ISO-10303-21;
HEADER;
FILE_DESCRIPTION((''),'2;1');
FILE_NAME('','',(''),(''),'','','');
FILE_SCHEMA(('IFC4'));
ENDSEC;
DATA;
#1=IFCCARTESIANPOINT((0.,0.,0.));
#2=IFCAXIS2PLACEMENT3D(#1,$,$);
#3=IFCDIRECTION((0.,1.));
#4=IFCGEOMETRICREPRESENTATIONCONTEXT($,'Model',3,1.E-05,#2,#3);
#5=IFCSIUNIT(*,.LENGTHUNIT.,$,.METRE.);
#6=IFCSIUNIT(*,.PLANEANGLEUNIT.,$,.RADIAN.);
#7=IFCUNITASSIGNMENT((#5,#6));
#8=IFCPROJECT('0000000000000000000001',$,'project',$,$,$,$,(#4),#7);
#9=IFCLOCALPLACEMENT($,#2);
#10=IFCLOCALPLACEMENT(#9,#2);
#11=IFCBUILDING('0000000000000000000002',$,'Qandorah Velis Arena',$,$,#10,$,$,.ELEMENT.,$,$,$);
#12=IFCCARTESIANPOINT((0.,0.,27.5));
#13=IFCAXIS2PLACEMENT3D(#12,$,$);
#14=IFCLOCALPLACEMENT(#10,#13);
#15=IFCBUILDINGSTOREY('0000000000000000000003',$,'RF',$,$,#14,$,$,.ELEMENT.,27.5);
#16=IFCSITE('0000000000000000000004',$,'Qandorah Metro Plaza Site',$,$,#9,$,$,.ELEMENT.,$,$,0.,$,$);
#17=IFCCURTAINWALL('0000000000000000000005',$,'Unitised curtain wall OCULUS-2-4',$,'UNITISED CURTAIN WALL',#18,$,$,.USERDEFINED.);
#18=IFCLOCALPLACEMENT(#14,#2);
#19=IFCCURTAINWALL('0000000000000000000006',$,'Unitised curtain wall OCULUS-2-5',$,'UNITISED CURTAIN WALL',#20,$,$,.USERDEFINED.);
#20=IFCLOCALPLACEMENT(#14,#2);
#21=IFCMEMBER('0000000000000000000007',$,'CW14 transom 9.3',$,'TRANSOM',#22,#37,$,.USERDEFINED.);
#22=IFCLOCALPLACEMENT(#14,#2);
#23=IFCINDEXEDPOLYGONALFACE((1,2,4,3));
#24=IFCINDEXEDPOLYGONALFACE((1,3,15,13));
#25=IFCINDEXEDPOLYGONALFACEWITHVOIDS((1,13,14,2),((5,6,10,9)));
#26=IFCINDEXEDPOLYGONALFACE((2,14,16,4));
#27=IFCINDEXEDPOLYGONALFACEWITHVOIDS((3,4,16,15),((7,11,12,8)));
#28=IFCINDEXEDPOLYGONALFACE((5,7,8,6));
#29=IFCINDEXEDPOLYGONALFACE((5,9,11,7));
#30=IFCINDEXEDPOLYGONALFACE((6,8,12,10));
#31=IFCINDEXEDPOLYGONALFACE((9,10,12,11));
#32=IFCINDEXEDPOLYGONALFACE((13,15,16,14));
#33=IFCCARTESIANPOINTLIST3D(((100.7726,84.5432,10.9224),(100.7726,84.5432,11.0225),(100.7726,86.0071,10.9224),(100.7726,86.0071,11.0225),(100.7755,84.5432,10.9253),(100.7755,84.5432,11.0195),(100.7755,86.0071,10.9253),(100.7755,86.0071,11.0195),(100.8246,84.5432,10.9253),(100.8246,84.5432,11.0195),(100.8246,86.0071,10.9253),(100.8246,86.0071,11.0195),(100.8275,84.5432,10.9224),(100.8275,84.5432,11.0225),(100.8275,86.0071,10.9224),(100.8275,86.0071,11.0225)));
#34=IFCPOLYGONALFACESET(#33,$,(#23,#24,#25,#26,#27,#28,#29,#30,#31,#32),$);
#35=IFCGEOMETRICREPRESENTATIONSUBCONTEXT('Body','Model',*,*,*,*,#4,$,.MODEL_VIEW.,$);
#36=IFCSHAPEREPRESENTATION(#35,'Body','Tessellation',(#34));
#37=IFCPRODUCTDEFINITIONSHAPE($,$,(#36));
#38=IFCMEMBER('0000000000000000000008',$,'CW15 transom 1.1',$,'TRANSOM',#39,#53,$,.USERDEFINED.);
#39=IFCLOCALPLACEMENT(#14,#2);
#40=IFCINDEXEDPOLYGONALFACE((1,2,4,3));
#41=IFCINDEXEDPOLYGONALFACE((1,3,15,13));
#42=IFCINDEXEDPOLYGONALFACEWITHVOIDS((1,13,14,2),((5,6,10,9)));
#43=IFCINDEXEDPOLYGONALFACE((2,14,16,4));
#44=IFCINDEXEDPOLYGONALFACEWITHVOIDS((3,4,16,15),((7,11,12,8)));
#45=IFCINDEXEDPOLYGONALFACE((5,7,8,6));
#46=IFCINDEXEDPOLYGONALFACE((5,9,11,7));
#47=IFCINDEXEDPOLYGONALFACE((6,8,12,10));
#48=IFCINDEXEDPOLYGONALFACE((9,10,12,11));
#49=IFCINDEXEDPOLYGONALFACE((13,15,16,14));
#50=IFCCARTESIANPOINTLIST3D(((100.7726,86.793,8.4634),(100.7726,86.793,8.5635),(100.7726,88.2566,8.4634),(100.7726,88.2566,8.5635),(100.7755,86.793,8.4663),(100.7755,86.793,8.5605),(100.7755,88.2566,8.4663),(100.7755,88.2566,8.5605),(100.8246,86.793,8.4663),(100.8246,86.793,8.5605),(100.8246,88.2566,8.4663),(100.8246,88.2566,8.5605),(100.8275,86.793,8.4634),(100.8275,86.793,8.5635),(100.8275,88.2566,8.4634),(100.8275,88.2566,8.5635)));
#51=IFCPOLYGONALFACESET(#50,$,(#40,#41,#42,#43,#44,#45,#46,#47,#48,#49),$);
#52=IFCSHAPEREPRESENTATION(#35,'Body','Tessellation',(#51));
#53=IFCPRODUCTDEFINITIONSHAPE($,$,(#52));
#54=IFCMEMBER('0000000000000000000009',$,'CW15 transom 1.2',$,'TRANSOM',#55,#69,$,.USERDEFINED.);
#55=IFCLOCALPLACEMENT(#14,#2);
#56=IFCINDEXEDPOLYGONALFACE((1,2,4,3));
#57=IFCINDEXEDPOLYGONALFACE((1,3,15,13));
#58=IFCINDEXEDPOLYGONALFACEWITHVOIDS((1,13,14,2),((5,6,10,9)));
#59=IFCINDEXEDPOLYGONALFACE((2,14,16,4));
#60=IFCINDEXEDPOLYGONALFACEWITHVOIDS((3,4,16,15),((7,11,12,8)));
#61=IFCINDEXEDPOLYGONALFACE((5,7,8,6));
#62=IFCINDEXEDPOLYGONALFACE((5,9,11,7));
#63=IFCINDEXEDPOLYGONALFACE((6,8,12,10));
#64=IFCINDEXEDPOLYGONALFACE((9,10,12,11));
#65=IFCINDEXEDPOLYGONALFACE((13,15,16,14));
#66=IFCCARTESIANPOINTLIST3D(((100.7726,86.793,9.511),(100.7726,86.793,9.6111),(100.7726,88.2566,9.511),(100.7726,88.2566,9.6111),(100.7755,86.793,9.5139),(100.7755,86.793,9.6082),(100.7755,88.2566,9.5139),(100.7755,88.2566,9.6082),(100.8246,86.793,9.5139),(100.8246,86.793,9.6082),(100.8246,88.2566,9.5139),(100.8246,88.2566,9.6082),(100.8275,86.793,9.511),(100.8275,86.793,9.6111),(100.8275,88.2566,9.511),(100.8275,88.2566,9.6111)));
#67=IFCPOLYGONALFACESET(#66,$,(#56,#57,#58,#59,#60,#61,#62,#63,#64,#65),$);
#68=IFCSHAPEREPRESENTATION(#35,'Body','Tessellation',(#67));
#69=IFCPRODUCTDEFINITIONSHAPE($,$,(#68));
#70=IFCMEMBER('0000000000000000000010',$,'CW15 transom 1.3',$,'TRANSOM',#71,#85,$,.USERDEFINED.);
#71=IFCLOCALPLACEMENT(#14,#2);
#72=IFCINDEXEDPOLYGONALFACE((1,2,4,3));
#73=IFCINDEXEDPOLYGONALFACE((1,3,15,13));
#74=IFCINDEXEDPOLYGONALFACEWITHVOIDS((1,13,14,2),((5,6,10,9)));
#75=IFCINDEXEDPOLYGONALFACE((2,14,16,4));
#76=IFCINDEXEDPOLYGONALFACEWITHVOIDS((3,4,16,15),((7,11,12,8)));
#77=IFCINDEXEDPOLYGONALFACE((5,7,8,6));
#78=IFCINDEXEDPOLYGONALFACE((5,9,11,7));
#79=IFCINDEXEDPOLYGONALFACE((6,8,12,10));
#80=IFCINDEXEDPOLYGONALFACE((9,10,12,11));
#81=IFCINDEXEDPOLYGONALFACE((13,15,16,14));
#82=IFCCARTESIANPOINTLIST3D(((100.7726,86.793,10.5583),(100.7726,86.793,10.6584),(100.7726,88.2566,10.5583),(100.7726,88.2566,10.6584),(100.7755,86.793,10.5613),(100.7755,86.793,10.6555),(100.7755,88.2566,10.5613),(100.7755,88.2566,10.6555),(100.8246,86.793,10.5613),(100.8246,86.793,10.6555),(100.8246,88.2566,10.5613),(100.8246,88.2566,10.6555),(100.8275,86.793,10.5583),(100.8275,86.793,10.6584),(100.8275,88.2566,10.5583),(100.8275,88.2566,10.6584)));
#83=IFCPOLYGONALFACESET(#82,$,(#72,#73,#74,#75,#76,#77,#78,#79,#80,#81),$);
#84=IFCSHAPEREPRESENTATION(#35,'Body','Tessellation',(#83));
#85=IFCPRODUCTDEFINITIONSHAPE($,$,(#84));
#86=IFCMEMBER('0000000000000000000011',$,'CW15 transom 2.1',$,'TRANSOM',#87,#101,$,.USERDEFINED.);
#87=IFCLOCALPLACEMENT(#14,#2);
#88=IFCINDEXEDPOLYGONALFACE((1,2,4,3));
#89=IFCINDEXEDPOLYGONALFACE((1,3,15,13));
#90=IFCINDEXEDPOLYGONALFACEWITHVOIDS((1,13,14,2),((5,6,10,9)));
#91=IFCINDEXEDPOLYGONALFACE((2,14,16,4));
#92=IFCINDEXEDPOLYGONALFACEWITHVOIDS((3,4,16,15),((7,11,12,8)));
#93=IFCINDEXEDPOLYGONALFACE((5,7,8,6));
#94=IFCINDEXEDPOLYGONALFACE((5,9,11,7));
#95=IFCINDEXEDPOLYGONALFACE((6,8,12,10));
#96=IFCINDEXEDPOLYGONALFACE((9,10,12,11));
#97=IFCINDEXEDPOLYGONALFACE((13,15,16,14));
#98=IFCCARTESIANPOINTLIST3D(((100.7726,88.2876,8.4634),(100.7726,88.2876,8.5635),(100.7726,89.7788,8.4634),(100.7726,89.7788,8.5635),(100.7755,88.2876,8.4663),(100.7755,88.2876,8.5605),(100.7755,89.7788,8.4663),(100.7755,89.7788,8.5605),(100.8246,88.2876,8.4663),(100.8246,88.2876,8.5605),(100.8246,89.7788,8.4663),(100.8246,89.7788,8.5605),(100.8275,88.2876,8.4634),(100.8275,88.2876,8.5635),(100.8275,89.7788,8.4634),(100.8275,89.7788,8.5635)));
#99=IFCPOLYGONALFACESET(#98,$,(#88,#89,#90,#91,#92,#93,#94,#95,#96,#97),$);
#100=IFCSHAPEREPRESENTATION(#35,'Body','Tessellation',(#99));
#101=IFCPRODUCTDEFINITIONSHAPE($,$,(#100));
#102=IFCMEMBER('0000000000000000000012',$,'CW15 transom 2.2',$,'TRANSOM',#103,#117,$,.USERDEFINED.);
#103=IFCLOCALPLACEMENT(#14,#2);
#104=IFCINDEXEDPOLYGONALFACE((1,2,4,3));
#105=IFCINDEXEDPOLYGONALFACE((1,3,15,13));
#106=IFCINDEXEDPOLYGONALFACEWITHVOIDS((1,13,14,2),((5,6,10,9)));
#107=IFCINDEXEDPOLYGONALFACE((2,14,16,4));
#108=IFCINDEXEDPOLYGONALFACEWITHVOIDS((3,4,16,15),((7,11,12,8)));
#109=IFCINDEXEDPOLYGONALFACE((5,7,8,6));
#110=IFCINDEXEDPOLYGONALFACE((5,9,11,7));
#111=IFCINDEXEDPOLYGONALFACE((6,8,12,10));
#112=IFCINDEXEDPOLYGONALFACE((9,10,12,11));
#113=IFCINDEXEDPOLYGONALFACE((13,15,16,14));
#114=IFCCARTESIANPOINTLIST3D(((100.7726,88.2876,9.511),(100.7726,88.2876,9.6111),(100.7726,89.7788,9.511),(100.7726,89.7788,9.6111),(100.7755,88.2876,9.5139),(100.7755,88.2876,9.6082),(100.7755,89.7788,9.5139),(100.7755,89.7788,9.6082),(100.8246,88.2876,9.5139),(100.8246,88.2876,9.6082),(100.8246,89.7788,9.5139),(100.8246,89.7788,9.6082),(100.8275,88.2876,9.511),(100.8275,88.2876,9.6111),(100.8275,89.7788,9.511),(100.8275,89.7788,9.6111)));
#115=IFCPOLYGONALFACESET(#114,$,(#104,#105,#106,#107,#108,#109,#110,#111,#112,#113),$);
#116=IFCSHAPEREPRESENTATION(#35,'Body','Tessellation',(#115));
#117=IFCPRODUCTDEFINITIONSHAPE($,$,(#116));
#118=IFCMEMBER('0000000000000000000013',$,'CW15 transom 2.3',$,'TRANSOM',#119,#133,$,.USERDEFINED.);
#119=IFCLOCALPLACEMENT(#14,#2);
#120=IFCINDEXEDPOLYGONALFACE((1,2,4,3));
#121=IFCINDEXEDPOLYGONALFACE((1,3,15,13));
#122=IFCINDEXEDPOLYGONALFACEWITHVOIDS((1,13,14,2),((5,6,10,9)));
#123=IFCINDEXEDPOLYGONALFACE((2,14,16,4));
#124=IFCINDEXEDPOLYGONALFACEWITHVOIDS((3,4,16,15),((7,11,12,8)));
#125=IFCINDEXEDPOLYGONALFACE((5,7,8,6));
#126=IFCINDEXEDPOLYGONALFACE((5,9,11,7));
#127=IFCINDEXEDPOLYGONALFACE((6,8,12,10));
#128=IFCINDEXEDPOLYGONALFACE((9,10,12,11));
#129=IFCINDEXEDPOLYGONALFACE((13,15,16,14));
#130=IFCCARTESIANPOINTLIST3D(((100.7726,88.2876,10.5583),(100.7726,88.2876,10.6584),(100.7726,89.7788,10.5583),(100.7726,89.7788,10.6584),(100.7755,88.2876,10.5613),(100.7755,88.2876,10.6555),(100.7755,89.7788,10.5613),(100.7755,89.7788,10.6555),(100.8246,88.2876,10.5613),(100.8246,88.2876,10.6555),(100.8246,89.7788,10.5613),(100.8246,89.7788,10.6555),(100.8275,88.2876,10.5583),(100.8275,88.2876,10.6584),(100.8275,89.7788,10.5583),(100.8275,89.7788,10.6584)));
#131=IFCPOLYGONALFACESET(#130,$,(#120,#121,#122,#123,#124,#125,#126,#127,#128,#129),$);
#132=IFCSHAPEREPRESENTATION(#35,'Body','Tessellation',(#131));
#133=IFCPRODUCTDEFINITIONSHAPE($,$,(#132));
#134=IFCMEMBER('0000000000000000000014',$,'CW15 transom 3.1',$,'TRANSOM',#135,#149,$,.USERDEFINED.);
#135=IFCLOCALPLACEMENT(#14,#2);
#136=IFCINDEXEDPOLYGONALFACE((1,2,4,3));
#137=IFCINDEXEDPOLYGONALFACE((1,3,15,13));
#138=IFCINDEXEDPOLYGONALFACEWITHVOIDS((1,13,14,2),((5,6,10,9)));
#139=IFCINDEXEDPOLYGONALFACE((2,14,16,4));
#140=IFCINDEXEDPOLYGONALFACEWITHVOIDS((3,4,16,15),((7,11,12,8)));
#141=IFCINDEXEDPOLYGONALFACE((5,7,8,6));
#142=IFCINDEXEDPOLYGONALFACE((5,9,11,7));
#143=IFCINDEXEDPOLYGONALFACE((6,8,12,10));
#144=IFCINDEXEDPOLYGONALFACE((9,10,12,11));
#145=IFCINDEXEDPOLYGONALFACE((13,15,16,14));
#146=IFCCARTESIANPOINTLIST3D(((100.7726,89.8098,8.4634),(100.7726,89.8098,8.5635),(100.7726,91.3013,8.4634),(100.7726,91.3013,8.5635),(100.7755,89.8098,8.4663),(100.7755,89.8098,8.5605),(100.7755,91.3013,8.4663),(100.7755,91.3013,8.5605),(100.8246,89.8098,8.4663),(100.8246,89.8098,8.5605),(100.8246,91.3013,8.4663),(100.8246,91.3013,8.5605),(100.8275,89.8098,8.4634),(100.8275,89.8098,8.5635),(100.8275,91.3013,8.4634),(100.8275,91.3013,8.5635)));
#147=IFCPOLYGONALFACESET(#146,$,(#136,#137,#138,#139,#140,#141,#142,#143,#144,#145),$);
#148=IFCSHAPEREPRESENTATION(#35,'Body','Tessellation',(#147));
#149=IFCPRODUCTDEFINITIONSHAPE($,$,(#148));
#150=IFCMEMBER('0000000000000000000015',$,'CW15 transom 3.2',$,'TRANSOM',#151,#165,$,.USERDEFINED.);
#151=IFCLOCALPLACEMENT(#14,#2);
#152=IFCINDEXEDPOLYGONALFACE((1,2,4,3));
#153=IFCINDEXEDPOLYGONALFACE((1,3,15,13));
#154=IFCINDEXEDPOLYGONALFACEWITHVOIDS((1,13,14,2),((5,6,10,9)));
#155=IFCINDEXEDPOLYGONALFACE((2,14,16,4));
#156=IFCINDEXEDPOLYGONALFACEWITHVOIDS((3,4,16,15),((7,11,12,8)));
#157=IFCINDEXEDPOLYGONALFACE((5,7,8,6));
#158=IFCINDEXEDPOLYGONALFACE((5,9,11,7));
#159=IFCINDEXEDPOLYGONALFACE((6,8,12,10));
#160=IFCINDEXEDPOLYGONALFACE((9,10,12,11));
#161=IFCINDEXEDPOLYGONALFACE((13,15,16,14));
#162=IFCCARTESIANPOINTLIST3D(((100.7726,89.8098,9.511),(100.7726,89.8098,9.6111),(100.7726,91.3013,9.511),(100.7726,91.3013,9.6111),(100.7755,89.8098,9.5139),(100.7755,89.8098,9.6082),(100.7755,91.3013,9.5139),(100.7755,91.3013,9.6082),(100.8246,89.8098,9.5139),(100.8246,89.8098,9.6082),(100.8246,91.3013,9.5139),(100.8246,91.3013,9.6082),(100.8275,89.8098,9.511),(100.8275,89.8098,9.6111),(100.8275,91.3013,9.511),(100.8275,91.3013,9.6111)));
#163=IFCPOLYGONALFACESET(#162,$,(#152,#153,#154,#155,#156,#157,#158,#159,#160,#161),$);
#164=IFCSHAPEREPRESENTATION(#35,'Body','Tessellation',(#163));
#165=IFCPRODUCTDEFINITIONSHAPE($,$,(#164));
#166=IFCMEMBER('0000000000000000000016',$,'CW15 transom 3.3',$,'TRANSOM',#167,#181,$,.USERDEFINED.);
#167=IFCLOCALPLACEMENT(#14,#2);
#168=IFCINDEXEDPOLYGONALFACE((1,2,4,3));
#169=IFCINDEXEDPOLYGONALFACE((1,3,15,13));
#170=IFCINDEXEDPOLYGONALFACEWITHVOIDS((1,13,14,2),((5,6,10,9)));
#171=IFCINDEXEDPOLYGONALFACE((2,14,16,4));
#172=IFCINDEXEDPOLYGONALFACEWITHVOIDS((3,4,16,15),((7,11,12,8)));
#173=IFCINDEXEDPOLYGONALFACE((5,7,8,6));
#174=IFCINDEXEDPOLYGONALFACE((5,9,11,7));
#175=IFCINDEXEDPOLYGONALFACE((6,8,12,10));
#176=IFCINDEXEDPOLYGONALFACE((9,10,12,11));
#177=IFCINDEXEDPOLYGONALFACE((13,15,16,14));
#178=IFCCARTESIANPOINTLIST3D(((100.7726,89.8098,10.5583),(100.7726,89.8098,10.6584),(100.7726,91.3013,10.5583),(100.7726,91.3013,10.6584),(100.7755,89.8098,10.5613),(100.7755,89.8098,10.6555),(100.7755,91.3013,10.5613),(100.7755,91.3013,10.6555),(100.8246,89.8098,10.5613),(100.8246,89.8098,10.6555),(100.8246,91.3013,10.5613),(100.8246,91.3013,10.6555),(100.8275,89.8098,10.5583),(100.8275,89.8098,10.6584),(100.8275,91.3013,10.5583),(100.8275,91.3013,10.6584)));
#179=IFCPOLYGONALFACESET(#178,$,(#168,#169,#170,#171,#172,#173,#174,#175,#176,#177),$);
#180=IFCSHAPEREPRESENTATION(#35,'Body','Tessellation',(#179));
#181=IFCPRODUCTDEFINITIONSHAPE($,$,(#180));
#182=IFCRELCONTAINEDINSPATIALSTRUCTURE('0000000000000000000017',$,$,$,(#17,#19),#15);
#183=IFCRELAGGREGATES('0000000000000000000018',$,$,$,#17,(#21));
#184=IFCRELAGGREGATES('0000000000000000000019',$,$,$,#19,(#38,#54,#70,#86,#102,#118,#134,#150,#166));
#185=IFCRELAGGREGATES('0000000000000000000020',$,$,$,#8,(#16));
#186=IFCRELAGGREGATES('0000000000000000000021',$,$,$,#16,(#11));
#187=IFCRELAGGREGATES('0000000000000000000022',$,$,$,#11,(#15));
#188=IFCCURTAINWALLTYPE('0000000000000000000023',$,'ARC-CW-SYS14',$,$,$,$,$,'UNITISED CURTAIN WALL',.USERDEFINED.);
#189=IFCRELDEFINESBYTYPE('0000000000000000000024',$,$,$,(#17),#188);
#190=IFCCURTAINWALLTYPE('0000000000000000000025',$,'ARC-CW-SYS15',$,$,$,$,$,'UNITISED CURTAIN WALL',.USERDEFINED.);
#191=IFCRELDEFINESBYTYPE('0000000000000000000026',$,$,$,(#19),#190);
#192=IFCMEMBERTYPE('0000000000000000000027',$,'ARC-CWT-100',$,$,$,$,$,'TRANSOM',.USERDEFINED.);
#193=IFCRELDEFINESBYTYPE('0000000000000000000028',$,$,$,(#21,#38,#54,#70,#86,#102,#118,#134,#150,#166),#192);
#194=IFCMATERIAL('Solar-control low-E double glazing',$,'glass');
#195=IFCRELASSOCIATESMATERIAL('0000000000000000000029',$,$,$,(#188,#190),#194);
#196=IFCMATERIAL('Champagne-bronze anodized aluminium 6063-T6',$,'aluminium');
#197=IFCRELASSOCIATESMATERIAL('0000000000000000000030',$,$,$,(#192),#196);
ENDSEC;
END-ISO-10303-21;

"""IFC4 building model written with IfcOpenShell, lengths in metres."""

from ifc_helpers import new_model, si_unit, direction, frame, origin, origin_2d, place, context, subcontext, project, spatial, hollow_rectangle, extrude, material, material_profile, profile_set, type_object, element, aggregate, save


model = new_model("IFC4")

# Units and contexts
model_context = context("Model", 3, precision=1e-05, world=origin(), true_north=direction((0.0, 1.0)))
body_context = subcontext(model_context, "Body", "Model", "MODEL_VIEW")
ifc_project = project(units=[si_unit("LENGTHUNIT", "METRE"), si_unit("PLANEANGLEUNIT", "RADIAN")], contexts=[model_context])

# Site, building, storey
site_placement = place(None, origin())
site = spatial("IfcSite", under=ifc_project, at=site_placement, Name="Qandorah Metro Plaza Site", CompositionType="ELEMENT", RefElevation=0.0)
building_placement = place(site_placement, origin())
building = spatial("IfcBuilding", under=site, at=building_placement, Name="Qandorah Velis Arena", CompositionType="ELEMENT")
storey_placement = place(building_placement, frame((0.0, 0.0, 27.5)))
storey = spatial("IfcBuildingStorey", under=building, at=storey_placement, Name="RF", CompositionType="ELEMENT", Elevation=27.5)

# Curtain walls
ifc_material_1 = material(Name="Solar-control low-E double glazing", Category="glass")
curtain_wall_type_1 = type_object("IfcCurtainWallType", Name="ARC-CW-SYS14", ElementType="UNITISED CURTAIN WALL", PredefinedType="USERDEFINED", material=ifc_material_1)
curtain_wall_1_placement = place(storey_placement, origin())
curtain_wall_1 = element("IfcCurtainWall", 1, at=curtain_wall_1_placement, inside=storey, type_object=curtain_wall_type_1, Name="Unitised curtain wall OCULUS-2-4", ObjectType="UNITISED CURTAIN WALL", PredefinedType="USERDEFINED")
ifc_material_2 = material(Name="Champagne-bronze anodized aluminium 6063-T6", Category="aluminium")
curtain_wall_type_2 = type_object("IfcCurtainWallType", Name="ARC-CW-SYS15", ElementType="UNITISED CURTAIN WALL", PredefinedType="USERDEFINED", material=ifc_material_1)
curtain_wall_2_placement = place(storey_placement, origin())
curtain_wall_2 = element("IfcCurtainWall", 2, at=curtain_wall_2_placement, inside=storey, type_object=curtain_wall_type_2, Name="Unitised curtain wall OCULUS-2-5", ObjectType="UNITISED CURTAIN WALL", PredefinedType="USERDEFINED")

# Members
ifc_material_profile_1 = material_profile(ifc_material_2, hollow_rectangle(XDim=0.0549, YDim=0.1001, WallThickness=0.0029, at=origin_2d()), Name="ALU TRANSOM 55x100")
ifc_profile_set_1 = profile_set([ifc_material_profile_1], Name="Champagne-bronze anodized aluminium 6063-T6")
member_type_1 = type_object("IfcMemberType", Name="ARC-CWT-100", ElementType="TRANSOM", PredefinedType="USERDEFINED", material=ifc_profile_set_1)
member_1_placement = place(storey_placement, frame((100.8, 84.5432, 10.9724), z_axis=(0.0, 1.0, 0.0), x_axis=(-1.0, 0.0, 0.0)))
member_1 = element("IfcMember", 3, at=member_1_placement, type_object=member_type_1, Name="CW14 transom 9.3", ObjectType="TRANSOM", PredefinedType="USERDEFINED", context=body_context, shape_type="SweptSolid", body=[
    extrude(hollow_rectangle(XDim=0.0549, YDim=0.1001, WallThickness=0.0029, at=origin_2d()), origin(), (0.0, 0.0, 1.0), 1.4639),
])
member_2_placement = place(storey_placement, frame((100.8, 86.793, 8.5134), z_axis=(0.0, 1.0, 0.0), x_axis=(-1.0, 0.0, 0.0)))
member_2 = element("IfcMember", 4, at=member_2_placement, type_object=member_type_1, Name="CW15 transom 1.1", ObjectType="TRANSOM", PredefinedType="USERDEFINED", context=body_context, shape_type="SweptSolid", body=[
    extrude(hollow_rectangle(XDim=0.0549, YDim=0.1001, WallThickness=0.0029, at=origin_2d()), origin(), (0.0, 0.0, 1.0), 1.4636),
])
member_3_placement = place(storey_placement, frame((100.8, 86.793, 9.561), z_axis=(0.0, 1.0, 0.0), x_axis=(-1.0, 0.0, 0.0)))
member_3 = element("IfcMember", 5, at=member_3_placement, type_object=member_type_1, Name="CW15 transom 1.2", ObjectType="TRANSOM", PredefinedType="USERDEFINED", context=body_context, shape_type="SweptSolid", body=[
    extrude(hollow_rectangle(XDim=0.0549, YDim=0.1001, WallThickness=0.0029, at=origin_2d()), origin(), (0.0, 0.0, 1.0), 1.4636),
])
member_4_placement = place(storey_placement, frame((100.8, 86.793, 10.6084), z_axis=(0.0, 1.0, 0.0), x_axis=(-1.0, 0.0, 0.0)))
member_4 = element("IfcMember", 6, at=member_4_placement, type_object=member_type_1, Name="CW15 transom 1.3", ObjectType="TRANSOM", PredefinedType="USERDEFINED", context=body_context, shape_type="SweptSolid", body=[
    extrude(hollow_rectangle(XDim=0.0549, YDim=0.1001, WallThickness=0.0029, at=origin_2d()), origin(), (0.0, 0.0, 1.0), 1.4636),
])
member_5_placement = place(storey_placement, frame((100.8, 88.2876, 8.5134), z_axis=(0.0, 1.0, 0.0), x_axis=(-1.0, 0.0, 0.0)))
member_5 = element("IfcMember", 7, at=member_5_placement, type_object=member_type_1, Name="CW15 transom 2.1", ObjectType="TRANSOM", PredefinedType="USERDEFINED", context=body_context, shape_type="SweptSolid", body=[
    extrude(hollow_rectangle(XDim=0.0549, YDim=0.1001, WallThickness=0.0029, at=origin_2d()), origin(), (0.0, 0.0, 1.0), 1.4912),
])
member_6_placement = place(storey_placement, frame((100.8, 88.2876, 9.561), z_axis=(0.0, 1.0, 0.0), x_axis=(-1.0, 0.0, 0.0)))
member_6 = element("IfcMember", 8, at=member_6_placement, type_object=member_type_1, Name="CW15 transom 2.2", ObjectType="TRANSOM", PredefinedType="USERDEFINED", context=body_context, shape_type="SweptSolid", body=[
    extrude(hollow_rectangle(XDim=0.0549, YDim=0.1001, WallThickness=0.0029, at=origin_2d()), origin(), (0.0, 0.0, 1.0), 1.4912),
])
member_7_placement = place(storey_placement, frame((100.8, 88.2876, 10.6084), z_axis=(0.0, 1.0, 0.0), x_axis=(-1.0, 0.0, 0.0)))
member_7 = element("IfcMember", 9, at=member_7_placement, type_object=member_type_1, Name="CW15 transom 2.3", ObjectType="TRANSOM", PredefinedType="USERDEFINED", context=body_context, shape_type="SweptSolid", body=[
    extrude(hollow_rectangle(XDim=0.0549, YDim=0.1001, WallThickness=0.0029, at=origin_2d()), origin(), (0.0, 0.0, 1.0), 1.4912),
])
member_8_placement = place(storey_placement, frame((100.8, 89.8098, 8.5134), z_axis=(0.0, 1.0, 0.0), x_axis=(-1.0, 0.0, 0.0)))
member_8 = element("IfcMember", 10, at=member_8_placement, type_object=member_type_1, Name="CW15 transom 3.1", ObjectType="TRANSOM", PredefinedType="USERDEFINED", context=body_context, shape_type="SweptSolid", body=[
    extrude(hollow_rectangle(XDim=0.0549, YDim=0.1001, WallThickness=0.0029, at=origin_2d()), origin(), (0.0, 0.0, 1.0), 1.4915),
])
member_9_placement = place(storey_placement, frame((100.8, 89.8098, 9.561), z_axis=(0.0, 1.0, 0.0), x_axis=(-1.0, 0.0, 0.0)))
member_9 = element("IfcMember", 11, at=member_9_placement, type_object=member_type_1, Name="CW15 transom 3.2", ObjectType="TRANSOM", PredefinedType="USERDEFINED", context=body_context, shape_type="SweptSolid", body=[
    extrude(hollow_rectangle(XDim=0.0549, YDim=0.1001, WallThickness=0.0029, at=origin_2d()), origin(), (0.0, 0.0, 1.0), 1.4915),
])
member_10_placement = place(storey_placement, frame((100.8, 89.8098, 10.6084), z_axis=(0.0, 1.0, 0.0), x_axis=(-1.0, 0.0, 0.0)))
member_10 = element("IfcMember", 12, at=member_10_placement, type_object=member_type_1, Name="CW15 transom 3.3", ObjectType="TRANSOM", PredefinedType="USERDEFINED", context=body_context, shape_type="SweptSolid", body=[
    extrude(hollow_rectangle(XDim=0.0549, YDim=0.1001, WallThickness=0.0029, at=origin_2d()), origin(), (0.0, 0.0, 1.0), 1.4915),
])

aggregate(curtain_wall_1, [member_1])
aggregate(curtain_wall_2, [member_2, member_3, member_4, member_5, member_6, member_7, member_8, member_9, member_10])

save(model, "model.ifc")
